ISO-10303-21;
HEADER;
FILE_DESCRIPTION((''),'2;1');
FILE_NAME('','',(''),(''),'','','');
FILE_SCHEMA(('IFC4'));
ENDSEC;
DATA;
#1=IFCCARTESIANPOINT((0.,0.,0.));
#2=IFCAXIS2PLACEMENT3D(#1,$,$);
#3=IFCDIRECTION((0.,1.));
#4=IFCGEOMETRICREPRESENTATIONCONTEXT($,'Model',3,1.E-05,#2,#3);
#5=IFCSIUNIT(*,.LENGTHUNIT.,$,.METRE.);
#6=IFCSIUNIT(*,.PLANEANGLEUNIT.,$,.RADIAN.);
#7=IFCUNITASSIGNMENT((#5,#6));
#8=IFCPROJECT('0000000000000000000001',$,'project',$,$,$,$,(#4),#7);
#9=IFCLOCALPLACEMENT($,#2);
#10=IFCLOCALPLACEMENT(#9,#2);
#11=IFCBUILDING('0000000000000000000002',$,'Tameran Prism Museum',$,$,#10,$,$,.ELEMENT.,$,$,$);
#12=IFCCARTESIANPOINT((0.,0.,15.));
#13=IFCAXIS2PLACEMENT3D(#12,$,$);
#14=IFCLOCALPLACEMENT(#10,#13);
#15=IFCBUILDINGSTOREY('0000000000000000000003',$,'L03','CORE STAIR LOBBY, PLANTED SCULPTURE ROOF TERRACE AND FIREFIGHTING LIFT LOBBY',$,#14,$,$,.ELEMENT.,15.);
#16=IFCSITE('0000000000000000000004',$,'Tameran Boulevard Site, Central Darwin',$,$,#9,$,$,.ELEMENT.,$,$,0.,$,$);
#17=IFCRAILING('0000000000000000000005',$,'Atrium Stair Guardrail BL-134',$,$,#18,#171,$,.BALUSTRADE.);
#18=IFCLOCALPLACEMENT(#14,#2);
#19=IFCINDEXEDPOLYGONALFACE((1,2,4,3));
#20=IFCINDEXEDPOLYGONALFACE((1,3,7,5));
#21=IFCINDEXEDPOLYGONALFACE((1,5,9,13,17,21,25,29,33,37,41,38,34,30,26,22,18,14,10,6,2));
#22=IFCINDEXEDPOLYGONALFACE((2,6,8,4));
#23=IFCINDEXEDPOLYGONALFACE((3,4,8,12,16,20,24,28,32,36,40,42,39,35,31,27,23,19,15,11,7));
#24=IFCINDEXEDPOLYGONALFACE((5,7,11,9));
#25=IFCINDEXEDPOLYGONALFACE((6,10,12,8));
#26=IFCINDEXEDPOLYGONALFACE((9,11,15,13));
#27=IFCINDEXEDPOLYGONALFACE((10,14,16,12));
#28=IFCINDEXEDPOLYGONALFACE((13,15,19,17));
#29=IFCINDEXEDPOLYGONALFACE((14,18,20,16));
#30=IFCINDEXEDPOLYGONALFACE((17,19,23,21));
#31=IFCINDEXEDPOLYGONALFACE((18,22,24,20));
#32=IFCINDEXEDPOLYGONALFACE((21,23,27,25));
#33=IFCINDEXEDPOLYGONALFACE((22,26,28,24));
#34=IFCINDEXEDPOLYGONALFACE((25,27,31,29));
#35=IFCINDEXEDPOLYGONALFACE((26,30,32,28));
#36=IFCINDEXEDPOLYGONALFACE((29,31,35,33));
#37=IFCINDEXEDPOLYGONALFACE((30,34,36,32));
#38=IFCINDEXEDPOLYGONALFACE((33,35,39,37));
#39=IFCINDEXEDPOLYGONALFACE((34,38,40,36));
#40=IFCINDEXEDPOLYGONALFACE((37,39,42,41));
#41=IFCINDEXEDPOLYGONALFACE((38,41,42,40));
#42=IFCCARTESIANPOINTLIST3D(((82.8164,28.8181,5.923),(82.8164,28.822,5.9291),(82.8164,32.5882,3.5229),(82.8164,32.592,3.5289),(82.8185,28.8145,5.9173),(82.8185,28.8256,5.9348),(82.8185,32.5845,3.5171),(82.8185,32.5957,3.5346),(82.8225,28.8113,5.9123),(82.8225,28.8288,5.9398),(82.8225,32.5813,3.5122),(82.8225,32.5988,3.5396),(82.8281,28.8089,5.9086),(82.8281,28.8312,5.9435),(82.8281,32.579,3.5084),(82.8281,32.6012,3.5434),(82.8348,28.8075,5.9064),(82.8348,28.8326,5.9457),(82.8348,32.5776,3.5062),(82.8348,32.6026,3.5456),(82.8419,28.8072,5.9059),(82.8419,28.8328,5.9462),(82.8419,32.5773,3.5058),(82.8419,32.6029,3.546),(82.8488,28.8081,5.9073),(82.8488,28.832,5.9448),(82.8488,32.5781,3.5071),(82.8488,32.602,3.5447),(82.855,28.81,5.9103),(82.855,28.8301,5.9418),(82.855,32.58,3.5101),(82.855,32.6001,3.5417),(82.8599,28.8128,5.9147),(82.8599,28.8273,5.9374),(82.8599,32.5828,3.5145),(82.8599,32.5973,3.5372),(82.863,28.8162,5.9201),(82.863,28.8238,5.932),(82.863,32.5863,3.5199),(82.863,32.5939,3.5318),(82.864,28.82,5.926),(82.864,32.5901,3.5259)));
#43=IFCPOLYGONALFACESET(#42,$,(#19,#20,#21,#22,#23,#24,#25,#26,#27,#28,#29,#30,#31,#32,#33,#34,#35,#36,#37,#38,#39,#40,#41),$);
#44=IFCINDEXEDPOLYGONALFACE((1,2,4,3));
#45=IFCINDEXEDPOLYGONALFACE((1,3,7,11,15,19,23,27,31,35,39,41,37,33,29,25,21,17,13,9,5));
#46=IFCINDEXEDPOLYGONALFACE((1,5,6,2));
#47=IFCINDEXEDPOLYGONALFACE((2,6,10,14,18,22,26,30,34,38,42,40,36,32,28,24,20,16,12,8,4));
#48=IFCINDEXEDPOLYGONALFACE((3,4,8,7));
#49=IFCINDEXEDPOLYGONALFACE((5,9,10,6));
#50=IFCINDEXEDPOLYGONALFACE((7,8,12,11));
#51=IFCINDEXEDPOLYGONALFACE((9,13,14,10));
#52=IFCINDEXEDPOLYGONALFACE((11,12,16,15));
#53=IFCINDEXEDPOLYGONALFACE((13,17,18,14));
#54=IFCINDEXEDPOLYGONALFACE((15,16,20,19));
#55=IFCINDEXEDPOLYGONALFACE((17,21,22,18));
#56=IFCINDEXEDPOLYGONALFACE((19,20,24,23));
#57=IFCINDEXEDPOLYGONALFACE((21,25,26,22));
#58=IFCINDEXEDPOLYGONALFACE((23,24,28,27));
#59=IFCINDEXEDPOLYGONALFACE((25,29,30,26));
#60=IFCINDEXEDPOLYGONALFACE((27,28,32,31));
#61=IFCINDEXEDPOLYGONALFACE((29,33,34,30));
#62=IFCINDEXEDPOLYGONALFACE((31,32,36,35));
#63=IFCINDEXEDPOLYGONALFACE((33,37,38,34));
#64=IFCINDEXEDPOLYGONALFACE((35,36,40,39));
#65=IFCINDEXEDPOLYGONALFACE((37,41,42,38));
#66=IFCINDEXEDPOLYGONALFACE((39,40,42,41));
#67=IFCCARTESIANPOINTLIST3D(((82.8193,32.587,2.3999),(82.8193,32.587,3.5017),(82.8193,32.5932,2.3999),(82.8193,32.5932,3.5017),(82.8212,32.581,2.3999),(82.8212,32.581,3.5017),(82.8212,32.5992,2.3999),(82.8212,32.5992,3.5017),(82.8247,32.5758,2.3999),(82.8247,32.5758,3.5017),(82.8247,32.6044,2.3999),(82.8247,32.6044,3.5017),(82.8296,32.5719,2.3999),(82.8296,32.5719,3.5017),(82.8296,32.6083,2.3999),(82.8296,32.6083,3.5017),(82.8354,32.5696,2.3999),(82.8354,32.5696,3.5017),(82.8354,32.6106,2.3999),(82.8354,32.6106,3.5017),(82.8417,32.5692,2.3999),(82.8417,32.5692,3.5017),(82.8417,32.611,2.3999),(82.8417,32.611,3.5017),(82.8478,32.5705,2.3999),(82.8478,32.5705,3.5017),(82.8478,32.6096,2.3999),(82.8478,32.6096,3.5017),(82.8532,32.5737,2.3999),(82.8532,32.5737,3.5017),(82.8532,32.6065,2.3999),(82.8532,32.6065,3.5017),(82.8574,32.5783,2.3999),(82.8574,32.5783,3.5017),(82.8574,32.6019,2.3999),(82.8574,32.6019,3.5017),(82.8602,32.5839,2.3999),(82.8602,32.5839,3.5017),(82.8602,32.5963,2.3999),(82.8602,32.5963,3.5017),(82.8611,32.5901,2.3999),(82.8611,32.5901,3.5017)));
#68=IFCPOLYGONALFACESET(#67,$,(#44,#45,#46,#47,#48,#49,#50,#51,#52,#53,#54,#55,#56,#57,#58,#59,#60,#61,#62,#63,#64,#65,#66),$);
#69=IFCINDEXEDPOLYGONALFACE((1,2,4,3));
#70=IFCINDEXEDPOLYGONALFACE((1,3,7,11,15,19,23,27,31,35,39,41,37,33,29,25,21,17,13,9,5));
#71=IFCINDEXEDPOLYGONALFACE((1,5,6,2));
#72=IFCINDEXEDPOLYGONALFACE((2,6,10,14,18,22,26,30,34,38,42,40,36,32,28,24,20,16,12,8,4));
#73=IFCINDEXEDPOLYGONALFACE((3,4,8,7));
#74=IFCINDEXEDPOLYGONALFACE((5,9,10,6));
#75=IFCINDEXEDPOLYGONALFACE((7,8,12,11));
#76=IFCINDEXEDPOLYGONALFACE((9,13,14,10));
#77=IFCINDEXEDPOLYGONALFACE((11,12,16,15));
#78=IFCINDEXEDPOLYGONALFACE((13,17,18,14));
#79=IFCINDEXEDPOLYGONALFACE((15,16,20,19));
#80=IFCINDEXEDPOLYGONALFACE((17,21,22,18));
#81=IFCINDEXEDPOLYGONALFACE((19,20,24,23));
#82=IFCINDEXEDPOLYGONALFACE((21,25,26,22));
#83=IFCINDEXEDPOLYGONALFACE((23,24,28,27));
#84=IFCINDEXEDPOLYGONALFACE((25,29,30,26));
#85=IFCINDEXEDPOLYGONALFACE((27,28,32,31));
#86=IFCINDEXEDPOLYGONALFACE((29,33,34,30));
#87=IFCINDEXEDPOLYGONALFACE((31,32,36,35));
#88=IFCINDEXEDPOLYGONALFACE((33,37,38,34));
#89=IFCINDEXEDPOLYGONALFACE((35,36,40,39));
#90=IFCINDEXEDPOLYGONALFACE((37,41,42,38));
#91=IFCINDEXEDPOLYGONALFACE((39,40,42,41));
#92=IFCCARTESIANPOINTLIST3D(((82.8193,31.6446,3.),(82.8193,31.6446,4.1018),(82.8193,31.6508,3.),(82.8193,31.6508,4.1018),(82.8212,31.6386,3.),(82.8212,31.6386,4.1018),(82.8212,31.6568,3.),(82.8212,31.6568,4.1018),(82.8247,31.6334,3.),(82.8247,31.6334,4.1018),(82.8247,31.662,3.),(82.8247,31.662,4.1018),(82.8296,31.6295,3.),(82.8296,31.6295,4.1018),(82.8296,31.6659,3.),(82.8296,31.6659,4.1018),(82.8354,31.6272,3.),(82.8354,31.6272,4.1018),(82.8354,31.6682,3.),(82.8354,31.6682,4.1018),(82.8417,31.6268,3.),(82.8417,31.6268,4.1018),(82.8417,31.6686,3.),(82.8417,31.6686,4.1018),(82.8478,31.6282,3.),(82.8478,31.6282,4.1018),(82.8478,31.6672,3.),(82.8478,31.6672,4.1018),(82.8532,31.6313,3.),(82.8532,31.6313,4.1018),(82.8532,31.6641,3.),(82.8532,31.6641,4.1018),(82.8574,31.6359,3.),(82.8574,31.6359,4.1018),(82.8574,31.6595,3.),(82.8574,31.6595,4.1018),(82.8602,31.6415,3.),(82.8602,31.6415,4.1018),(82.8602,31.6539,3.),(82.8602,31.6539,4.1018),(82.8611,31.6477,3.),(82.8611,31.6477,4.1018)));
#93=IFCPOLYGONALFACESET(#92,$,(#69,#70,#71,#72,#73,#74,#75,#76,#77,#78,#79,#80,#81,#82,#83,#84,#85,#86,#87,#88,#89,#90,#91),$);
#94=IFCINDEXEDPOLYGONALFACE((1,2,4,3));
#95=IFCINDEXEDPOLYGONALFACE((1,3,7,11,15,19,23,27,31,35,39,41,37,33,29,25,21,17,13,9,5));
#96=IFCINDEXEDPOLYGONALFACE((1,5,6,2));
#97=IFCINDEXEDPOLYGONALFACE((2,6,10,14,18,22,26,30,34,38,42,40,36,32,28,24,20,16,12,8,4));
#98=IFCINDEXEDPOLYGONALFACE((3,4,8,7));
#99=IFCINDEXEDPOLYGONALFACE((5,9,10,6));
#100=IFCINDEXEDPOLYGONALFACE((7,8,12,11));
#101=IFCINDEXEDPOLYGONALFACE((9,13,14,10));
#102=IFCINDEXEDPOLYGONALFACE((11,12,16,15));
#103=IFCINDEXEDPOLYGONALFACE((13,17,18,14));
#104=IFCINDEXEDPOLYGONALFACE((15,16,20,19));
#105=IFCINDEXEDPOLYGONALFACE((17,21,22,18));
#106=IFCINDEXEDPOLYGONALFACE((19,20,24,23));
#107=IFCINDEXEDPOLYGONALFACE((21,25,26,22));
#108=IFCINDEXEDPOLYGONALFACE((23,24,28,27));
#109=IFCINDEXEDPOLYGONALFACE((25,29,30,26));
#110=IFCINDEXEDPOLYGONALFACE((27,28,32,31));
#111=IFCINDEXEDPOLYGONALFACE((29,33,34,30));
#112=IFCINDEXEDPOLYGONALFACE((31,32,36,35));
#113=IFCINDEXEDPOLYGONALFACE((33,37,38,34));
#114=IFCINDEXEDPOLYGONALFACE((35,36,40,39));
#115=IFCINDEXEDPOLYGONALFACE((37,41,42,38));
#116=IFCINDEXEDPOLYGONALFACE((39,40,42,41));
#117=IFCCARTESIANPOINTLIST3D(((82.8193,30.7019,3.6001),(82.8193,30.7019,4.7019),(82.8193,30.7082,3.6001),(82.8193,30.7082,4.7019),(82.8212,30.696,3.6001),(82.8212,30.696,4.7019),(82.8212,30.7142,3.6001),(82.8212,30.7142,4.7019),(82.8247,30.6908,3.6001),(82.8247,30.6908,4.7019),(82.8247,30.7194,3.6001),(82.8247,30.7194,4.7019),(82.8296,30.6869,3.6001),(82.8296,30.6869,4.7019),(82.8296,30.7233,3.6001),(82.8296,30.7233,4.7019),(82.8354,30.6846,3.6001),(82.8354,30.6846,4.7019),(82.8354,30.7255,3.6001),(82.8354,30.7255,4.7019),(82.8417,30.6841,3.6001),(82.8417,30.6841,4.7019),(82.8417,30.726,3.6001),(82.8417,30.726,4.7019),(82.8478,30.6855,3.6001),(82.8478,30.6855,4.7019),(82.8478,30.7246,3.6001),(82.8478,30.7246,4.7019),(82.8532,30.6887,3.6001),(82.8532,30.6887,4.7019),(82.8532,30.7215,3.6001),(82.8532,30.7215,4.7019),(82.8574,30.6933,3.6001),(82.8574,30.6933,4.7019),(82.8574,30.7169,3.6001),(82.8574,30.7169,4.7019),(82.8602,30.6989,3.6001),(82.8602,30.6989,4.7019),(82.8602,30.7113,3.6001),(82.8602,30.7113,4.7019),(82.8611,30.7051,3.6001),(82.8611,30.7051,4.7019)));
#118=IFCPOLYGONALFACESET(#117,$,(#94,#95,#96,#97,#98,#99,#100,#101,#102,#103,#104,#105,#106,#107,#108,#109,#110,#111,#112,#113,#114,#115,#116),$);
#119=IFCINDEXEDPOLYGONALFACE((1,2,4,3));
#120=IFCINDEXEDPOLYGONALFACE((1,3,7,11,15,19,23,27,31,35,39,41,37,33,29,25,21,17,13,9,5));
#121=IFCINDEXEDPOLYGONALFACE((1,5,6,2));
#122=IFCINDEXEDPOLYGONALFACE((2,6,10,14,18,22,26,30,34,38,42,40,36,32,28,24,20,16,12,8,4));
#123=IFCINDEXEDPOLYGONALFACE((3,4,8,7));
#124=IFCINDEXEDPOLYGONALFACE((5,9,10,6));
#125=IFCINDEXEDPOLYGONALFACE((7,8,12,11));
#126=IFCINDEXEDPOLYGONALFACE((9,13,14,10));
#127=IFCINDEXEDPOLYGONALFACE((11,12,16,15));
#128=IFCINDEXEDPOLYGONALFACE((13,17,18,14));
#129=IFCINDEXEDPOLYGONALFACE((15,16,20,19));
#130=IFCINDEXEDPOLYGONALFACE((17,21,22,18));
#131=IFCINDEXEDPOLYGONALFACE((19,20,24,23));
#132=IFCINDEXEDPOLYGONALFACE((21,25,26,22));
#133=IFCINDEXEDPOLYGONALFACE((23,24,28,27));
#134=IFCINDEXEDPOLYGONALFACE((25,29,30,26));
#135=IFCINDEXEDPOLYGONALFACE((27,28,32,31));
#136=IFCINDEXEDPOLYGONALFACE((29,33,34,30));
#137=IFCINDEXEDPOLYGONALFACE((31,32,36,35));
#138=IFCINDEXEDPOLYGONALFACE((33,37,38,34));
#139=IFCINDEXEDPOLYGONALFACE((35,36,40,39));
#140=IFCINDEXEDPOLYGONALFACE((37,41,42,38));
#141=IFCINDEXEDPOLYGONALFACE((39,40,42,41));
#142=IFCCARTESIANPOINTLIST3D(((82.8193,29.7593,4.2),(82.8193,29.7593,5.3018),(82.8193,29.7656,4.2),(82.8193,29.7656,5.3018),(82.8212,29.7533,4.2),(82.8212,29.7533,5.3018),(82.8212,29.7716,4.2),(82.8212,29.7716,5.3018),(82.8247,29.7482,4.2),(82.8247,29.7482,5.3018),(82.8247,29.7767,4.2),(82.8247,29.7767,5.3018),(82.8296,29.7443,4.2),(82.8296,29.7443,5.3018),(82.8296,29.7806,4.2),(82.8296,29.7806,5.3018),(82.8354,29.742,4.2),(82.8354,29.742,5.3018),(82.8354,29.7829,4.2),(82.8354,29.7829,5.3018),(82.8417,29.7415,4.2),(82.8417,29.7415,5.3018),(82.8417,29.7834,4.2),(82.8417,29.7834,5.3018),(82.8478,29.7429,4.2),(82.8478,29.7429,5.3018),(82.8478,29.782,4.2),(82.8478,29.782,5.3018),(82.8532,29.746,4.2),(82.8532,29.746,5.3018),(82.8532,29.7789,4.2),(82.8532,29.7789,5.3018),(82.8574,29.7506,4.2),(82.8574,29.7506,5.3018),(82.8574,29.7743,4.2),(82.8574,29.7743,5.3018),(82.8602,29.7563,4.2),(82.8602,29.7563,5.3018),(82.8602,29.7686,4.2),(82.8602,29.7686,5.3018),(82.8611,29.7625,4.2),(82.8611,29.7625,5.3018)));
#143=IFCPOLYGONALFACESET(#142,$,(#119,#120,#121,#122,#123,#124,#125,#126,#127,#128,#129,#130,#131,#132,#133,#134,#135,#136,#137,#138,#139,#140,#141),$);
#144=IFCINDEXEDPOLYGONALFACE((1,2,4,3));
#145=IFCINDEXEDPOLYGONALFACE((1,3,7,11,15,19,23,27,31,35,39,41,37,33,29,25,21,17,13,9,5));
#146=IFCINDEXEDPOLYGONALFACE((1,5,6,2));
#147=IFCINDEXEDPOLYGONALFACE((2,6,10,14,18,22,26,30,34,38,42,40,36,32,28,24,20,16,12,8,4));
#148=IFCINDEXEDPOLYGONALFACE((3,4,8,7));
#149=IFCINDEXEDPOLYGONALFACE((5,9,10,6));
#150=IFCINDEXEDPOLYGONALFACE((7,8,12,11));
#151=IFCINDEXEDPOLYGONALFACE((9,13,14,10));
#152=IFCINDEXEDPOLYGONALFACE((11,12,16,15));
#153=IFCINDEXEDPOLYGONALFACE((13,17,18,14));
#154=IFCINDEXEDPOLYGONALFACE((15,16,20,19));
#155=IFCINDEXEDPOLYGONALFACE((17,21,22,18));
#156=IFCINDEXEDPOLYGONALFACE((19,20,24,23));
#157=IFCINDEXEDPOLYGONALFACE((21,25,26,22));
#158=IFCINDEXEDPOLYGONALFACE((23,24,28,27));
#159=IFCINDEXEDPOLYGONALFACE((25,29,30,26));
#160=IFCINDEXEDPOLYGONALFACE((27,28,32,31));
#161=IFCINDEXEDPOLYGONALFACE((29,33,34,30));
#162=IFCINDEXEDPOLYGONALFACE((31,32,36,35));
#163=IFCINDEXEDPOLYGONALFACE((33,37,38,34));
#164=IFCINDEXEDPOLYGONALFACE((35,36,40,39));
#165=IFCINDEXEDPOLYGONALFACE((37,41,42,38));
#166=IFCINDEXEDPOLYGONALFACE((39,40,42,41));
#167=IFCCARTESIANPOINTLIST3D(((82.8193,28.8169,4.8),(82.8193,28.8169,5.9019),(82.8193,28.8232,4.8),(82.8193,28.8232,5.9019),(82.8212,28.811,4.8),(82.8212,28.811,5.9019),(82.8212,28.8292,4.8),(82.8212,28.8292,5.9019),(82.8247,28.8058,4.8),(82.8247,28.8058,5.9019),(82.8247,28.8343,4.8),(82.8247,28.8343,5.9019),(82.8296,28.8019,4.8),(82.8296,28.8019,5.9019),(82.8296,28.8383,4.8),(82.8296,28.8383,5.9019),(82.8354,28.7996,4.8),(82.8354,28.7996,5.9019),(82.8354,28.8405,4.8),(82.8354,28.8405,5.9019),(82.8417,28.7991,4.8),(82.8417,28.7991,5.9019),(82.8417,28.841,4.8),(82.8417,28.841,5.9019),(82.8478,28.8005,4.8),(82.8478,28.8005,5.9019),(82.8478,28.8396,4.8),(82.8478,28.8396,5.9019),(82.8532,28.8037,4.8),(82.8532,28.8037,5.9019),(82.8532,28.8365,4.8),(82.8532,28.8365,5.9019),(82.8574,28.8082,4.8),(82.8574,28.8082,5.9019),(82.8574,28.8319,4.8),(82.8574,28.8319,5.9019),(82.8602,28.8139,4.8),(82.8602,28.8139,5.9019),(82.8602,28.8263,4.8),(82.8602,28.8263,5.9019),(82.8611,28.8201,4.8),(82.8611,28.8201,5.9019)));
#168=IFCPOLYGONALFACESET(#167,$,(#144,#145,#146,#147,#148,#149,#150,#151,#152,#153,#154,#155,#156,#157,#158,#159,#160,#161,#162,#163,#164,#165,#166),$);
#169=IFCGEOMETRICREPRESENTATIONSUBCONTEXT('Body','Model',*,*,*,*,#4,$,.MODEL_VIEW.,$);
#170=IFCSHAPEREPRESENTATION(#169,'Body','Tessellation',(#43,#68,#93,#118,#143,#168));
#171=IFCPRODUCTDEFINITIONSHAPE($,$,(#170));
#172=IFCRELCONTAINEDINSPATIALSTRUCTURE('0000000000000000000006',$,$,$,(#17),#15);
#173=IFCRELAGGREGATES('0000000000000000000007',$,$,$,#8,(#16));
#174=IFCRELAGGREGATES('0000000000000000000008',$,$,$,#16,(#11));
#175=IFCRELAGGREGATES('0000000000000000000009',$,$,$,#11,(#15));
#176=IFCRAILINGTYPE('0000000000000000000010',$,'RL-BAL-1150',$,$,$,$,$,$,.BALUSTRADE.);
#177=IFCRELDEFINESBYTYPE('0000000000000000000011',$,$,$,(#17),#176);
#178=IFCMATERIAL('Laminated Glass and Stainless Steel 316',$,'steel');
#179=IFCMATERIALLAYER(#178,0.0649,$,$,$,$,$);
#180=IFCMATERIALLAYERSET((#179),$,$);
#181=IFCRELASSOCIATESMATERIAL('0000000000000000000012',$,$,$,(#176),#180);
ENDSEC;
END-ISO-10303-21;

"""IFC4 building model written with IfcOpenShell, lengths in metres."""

from ifc_helpers import new_model, si_unit, direction, frame, origin, origin_2d, place, context, subcontext, project, spatial, circle, extrude, material, layer, layer_set, type_object, element, save


model = new_model("IFC4")

# Units and contexts
model_context = context("Model", 3, precision=1e-05, world=origin(), true_north=direction((0.0, 1.0)))
body_context = subcontext(model_context, "Body", "Model", "MODEL_VIEW")
ifc_project = project(units=[si_unit("LENGTHUNIT", "METRE"), si_unit("PLANEANGLEUNIT", "RADIAN")], contexts=[model_context])

# Site, building, storey
site_placement = place(None, origin())
site = spatial("IfcSite", under=ifc_project, at=site_placement, Name="Tameran Boulevard Site, Central Darwin", CompositionType="ELEMENT", RefElevation=0.0)
building_placement = place(site_placement, origin())
building = spatial("IfcBuilding", under=site, at=building_placement, Name="Tameran Prism Museum", CompositionType="ELEMENT")
storey_placement = place(building_placement, frame((0.0, 0.0, 15.0)))
storey = spatial("IfcBuildingStorey", under=building, at=storey_placement, Name="L03", Description="CORE STAIR LOBBY, PLANTED SCULPTURE ROOF TERRACE AND FIREFIGHTING LIFT LOBBY", CompositionType="ELEMENT", Elevation=15.0)

# Railing
ifc_material_1 = material(Name="Laminated Glass and Stainless Steel 316", Category="steel")
ifc_layer_1 = layer(ifc_material_1, 0.0649)
ifc_layer_set_1 = layer_set([ifc_layer_1])
railing_type = type_object("IfcRailingType", Name="RL-BAL-1150", PredefinedType="BALUSTRADE", material=ifc_layer_set_1)
for number, where, name in (
    (1, (82.8401, 32.5901, 2.3999), "Atrium Stair Guardrail BL-134"),
):
    element("IfcRailing", number, at=place(storey_placement, frame(where)), inside=storey, type_object=railing_type, Name=name, PredefinedType="BALUSTRADE", context=body_context, shape_type="SweptSolid", body=[
        extrude(circle(Radius=0.0239, at=origin_2d()), frame((0.0, 0.0, 1.126), z_axis=(0.0, -0.843556, 0.537042), x_axis=(1.0, 0.0, 0.0)), (0.0, 0.0, 1.0), 4.4692),
        extrude(circle(Radius=0.021, at=origin_2d()), origin(), (0.0, 0.0, 1.0), 1.1018),
        extrude(circle(Radius=0.021, at=origin_2d()), frame((0.0, -0.9424, 0.6001)), (0.0, 0.0, 1.0), 1.1018),
        extrude(circle(Radius=0.021, at=origin_2d()), frame((0.0, -1.885, 1.2002)), (0.0, 0.0, 1.0), 1.1018),
        extrude(circle(Radius=0.021, at=origin_2d()), frame((0.0, -2.8276, 1.8)), (0.0, 0.0, 1.0), 1.1018),
        extrude(circle(Radius=0.021, at=origin_2d()), frame((0.0, -3.77, 2.4001)), (0.0, 0.0, 1.0), 1.1018),
    ])

save(model, "model.ifc")
